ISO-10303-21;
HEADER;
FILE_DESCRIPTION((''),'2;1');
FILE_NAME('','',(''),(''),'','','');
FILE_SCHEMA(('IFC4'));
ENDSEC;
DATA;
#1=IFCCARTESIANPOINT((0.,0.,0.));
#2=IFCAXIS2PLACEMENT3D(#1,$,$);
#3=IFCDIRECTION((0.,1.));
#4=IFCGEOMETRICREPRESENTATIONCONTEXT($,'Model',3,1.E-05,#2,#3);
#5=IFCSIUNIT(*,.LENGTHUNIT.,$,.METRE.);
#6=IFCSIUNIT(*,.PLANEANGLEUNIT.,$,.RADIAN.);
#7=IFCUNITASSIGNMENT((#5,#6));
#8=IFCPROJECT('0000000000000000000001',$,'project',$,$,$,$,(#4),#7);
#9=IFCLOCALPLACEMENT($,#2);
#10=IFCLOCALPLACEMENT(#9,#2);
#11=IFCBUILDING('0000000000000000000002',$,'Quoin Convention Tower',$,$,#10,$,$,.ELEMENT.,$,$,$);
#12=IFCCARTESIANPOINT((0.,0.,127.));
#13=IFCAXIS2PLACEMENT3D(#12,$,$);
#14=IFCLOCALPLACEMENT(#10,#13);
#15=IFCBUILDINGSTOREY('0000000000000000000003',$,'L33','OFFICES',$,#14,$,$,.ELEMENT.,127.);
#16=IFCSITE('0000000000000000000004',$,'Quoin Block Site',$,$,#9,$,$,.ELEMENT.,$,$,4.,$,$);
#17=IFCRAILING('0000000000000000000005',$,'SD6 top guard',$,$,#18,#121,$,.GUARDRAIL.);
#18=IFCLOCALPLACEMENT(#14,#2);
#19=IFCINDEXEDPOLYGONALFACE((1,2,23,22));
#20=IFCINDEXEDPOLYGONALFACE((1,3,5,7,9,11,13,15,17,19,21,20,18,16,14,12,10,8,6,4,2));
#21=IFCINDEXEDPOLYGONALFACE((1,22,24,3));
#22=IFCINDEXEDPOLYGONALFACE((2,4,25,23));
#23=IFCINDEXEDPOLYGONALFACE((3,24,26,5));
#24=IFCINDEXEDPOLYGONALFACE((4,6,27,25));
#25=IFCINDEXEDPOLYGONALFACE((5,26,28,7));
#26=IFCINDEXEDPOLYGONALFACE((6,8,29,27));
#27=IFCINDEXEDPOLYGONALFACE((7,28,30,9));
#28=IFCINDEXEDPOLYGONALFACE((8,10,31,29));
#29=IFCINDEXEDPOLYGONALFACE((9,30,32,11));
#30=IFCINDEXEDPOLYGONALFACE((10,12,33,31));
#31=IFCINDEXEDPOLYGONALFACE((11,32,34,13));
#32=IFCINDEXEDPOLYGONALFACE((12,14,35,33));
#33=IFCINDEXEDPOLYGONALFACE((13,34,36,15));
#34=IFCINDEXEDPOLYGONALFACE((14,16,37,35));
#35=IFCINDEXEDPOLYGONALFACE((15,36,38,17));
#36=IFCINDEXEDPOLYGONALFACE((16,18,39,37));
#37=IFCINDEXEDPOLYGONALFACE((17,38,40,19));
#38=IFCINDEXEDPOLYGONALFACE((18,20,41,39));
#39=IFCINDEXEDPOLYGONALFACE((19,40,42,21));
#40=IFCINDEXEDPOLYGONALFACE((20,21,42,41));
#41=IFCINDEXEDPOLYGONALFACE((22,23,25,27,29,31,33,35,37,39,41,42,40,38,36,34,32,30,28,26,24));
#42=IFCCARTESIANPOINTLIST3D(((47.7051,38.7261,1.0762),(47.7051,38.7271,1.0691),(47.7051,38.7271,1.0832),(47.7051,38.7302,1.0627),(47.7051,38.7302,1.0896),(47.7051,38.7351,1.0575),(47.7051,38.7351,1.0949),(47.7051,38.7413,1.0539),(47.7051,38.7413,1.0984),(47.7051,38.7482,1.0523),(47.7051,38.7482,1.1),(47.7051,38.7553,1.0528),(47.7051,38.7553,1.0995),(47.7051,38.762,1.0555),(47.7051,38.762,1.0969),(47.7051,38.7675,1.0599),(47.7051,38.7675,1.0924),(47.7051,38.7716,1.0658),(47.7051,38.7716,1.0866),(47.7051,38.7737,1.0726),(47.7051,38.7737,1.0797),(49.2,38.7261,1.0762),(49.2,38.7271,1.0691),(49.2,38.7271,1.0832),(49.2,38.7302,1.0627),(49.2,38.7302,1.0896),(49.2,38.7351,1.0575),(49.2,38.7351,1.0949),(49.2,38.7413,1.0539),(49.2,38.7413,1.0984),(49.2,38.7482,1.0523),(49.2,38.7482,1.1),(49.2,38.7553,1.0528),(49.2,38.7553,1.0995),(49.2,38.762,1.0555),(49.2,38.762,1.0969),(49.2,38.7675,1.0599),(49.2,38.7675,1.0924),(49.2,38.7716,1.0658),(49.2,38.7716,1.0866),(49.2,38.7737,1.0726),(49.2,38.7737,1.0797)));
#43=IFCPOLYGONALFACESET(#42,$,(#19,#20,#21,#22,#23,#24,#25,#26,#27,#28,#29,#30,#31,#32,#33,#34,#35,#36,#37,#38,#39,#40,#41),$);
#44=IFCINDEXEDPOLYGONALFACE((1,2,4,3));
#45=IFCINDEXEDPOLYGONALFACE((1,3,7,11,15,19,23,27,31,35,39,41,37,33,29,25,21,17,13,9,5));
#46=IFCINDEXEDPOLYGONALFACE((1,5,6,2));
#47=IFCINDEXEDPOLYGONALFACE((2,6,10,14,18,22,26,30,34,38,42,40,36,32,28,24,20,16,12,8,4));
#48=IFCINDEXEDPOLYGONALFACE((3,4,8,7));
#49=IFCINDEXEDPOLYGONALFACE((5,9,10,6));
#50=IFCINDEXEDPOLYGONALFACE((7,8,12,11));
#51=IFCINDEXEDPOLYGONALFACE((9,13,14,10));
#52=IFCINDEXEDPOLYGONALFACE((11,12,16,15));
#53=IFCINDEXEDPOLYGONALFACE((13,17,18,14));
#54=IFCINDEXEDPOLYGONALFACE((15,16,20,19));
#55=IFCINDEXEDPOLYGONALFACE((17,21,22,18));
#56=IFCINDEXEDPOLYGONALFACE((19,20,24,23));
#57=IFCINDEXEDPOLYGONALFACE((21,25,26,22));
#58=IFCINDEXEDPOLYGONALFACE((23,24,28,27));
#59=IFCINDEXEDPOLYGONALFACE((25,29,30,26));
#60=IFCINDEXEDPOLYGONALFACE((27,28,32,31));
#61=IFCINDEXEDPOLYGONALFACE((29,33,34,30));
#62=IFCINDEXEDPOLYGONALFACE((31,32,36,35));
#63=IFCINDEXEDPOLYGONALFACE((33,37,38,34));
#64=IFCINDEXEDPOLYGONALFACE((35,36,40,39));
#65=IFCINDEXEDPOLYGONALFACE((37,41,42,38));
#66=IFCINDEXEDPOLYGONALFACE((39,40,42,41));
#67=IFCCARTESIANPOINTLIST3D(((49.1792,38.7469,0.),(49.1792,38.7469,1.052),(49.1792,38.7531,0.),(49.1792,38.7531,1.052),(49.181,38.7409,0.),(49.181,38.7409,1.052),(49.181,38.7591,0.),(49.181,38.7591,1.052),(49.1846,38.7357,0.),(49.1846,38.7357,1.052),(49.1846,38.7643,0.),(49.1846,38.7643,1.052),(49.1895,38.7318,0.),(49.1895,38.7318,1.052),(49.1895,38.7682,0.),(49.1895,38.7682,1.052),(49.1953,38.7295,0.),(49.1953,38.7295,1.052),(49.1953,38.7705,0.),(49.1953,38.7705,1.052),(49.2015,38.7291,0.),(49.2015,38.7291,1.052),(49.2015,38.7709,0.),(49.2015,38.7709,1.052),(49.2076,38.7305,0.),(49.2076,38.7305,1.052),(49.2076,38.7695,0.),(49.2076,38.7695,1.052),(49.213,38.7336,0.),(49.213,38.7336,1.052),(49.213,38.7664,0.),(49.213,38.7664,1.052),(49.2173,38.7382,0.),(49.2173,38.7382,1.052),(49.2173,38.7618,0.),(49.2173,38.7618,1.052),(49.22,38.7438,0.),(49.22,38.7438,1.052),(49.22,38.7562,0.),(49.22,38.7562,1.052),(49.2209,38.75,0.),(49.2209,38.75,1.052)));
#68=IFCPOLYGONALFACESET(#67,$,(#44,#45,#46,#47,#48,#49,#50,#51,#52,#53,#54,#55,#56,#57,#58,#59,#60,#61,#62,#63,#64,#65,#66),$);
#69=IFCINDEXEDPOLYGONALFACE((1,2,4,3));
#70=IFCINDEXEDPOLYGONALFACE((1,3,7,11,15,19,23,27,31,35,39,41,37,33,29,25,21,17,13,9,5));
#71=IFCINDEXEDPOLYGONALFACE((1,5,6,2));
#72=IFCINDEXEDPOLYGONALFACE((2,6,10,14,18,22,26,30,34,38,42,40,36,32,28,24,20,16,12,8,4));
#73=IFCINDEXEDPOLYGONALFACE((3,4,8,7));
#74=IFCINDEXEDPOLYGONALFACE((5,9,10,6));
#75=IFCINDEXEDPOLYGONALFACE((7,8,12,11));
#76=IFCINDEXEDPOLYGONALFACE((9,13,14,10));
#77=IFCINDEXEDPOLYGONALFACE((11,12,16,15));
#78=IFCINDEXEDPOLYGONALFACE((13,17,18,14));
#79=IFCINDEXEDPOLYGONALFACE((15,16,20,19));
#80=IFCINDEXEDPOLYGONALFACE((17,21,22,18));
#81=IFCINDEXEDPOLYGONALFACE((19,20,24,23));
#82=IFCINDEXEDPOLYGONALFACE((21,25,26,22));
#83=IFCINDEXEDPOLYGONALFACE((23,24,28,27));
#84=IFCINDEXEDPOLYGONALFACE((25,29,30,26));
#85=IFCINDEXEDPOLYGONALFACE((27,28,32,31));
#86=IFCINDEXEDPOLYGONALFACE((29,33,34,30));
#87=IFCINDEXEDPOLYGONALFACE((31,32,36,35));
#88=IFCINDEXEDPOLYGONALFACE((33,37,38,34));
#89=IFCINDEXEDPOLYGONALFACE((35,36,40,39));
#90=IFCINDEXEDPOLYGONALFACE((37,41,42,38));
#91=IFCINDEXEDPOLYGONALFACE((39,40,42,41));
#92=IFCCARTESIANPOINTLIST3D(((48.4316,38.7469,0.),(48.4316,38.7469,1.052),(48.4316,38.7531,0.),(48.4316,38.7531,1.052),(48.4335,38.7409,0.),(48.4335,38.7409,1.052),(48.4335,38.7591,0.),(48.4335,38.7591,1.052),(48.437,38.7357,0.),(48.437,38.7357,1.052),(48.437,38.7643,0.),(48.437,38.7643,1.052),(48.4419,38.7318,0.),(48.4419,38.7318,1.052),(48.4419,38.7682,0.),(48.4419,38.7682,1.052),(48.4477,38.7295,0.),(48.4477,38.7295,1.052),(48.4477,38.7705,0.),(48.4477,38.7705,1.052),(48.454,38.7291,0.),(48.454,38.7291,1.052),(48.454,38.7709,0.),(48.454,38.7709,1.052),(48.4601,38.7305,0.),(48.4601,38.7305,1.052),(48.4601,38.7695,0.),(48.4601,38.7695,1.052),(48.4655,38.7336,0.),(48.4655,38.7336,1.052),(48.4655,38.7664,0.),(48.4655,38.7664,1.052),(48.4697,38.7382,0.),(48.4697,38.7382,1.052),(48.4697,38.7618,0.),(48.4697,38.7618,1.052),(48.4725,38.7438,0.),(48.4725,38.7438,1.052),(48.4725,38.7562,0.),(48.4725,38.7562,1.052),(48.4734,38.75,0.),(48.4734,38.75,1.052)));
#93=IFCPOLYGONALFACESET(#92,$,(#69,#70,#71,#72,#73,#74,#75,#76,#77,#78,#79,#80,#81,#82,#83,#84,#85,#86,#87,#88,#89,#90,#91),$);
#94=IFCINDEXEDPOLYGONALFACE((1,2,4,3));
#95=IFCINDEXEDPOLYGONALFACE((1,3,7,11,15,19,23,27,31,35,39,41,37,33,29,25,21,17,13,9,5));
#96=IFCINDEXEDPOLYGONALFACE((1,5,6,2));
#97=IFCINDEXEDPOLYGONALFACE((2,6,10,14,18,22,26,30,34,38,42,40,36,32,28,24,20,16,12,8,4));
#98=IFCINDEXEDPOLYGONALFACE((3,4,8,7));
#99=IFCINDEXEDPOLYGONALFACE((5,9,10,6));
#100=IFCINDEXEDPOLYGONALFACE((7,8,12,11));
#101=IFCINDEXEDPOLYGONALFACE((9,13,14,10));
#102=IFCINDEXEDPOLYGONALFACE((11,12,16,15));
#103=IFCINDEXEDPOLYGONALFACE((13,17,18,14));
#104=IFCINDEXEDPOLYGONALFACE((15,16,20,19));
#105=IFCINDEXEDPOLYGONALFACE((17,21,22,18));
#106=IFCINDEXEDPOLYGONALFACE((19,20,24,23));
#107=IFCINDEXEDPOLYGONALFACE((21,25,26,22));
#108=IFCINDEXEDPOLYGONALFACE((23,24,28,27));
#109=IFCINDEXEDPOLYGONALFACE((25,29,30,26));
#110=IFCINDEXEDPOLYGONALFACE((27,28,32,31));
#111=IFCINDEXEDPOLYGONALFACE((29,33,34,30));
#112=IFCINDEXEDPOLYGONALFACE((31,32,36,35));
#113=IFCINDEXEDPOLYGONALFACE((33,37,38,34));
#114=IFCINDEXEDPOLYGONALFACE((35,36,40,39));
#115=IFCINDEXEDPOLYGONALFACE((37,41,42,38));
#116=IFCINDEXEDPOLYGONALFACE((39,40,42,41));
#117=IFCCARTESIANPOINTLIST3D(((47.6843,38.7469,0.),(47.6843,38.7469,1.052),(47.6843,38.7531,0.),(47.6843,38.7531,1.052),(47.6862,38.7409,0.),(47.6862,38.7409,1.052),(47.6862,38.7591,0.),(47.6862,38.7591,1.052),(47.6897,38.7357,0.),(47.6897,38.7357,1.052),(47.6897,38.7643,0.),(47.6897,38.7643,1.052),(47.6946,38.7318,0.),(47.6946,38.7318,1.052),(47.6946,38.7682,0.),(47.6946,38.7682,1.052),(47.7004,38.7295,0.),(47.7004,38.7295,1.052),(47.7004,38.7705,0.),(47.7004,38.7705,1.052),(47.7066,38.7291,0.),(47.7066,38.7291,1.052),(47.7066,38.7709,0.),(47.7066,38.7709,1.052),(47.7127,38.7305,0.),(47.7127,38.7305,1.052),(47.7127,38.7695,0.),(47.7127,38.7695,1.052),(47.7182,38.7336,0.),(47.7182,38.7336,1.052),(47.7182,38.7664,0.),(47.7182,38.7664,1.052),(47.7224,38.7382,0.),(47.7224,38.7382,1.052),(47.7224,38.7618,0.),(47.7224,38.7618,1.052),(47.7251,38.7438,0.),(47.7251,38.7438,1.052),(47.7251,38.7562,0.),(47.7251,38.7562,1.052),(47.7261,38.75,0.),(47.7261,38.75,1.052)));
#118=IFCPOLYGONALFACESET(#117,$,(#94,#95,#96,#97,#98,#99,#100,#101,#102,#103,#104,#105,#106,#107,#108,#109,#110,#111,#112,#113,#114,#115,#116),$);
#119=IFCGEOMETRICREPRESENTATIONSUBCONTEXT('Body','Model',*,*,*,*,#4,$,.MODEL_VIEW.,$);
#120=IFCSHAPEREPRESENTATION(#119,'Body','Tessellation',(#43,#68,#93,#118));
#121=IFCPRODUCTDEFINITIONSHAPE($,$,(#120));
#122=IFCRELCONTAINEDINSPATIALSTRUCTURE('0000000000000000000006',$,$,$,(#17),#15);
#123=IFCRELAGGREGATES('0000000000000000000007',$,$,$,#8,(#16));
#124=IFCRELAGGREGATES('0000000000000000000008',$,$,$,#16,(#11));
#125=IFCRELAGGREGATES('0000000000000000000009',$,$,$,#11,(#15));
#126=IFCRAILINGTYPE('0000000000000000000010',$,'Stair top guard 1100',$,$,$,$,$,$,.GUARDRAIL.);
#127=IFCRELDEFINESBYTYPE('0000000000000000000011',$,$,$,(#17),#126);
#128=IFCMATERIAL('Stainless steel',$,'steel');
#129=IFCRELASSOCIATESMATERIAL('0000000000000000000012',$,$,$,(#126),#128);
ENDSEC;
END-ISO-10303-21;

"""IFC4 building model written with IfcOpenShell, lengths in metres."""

from ifc_helpers import new_model, si_unit, direction, frame, origin, origin_2d, place, context, subcontext, project, spatial, circle, extrude, material, type_object, element, save


model = new_model("IFC4")

# Units and contexts
model_context = context("Model", 3, precision=1e-05, world=origin(), true_north=direction((0.0, 1.0)))
body_context = subcontext(model_context, "Body", "Model", "MODEL_VIEW")
ifc_project = project(units=[si_unit("LENGTHUNIT", "METRE"), si_unit("PLANEANGLEUNIT", "RADIAN")], contexts=[model_context])

# Site, building, storey
site_placement = place(None, origin())
site = spatial("IfcSite", under=ifc_project, at=site_placement, Name="Quoin Block Site", CompositionType="ELEMENT", RefElevation=4.0)
building_placement = place(site_placement, origin())
building = spatial("IfcBuilding", under=site, at=building_placement, Name="Quoin Convention Tower", CompositionType="ELEMENT")
storey_placement = place(building_placement, frame((0.0, 0.0, 127.0)))
storey = spatial("IfcBuildingStorey", under=building, at=storey_placement, Name="L33", Description="OFFICES", CompositionType="ELEMENT", Elevation=127.0)

# Railing
ifc_material_1 = material(Name="Stainless steel", Category="steel")
railing_type_1 = type_object("IfcRailingType", Name="Stair top guard 1100", PredefinedType="GUARDRAIL", material=ifc_material_1)
railing_1_placement = place(storey_placement, frame((49.2, 38.75, 0.0)))
element("IfcRailing", 1, at=railing_1_placement, inside=storey, type_object=railing_type_1, Name="SD6 top guard", PredefinedType="GUARDRAIL", context=body_context, shape_type="SweptSolid", body=[
    extrude(circle(Radius=0.0239, at=origin_2d()), frame((0.0, 0.0, 1.0762), z_axis=(-1.0, 0.0, 0.0), x_axis=(0.0, -1.0, 0.0)), (0.0, 0.0, 1.0), 1.4949),
    extrude(circle(Radius=0.021, at=origin_2d()), origin(), (0.0, 0.0, 1.0), 1.052),
    extrude(circle(Radius=0.021, at=origin_2d()), frame((-0.7476, 0.0, 0.0)), (0.0, 0.0, 1.0), 1.052),
    extrude(circle(Radius=0.021, at=origin_2d()), frame((-1.4949, 0.0, 0.0)), (0.0, 0.0, 1.0), 1.052),
])

save(model, "model.ifc")
